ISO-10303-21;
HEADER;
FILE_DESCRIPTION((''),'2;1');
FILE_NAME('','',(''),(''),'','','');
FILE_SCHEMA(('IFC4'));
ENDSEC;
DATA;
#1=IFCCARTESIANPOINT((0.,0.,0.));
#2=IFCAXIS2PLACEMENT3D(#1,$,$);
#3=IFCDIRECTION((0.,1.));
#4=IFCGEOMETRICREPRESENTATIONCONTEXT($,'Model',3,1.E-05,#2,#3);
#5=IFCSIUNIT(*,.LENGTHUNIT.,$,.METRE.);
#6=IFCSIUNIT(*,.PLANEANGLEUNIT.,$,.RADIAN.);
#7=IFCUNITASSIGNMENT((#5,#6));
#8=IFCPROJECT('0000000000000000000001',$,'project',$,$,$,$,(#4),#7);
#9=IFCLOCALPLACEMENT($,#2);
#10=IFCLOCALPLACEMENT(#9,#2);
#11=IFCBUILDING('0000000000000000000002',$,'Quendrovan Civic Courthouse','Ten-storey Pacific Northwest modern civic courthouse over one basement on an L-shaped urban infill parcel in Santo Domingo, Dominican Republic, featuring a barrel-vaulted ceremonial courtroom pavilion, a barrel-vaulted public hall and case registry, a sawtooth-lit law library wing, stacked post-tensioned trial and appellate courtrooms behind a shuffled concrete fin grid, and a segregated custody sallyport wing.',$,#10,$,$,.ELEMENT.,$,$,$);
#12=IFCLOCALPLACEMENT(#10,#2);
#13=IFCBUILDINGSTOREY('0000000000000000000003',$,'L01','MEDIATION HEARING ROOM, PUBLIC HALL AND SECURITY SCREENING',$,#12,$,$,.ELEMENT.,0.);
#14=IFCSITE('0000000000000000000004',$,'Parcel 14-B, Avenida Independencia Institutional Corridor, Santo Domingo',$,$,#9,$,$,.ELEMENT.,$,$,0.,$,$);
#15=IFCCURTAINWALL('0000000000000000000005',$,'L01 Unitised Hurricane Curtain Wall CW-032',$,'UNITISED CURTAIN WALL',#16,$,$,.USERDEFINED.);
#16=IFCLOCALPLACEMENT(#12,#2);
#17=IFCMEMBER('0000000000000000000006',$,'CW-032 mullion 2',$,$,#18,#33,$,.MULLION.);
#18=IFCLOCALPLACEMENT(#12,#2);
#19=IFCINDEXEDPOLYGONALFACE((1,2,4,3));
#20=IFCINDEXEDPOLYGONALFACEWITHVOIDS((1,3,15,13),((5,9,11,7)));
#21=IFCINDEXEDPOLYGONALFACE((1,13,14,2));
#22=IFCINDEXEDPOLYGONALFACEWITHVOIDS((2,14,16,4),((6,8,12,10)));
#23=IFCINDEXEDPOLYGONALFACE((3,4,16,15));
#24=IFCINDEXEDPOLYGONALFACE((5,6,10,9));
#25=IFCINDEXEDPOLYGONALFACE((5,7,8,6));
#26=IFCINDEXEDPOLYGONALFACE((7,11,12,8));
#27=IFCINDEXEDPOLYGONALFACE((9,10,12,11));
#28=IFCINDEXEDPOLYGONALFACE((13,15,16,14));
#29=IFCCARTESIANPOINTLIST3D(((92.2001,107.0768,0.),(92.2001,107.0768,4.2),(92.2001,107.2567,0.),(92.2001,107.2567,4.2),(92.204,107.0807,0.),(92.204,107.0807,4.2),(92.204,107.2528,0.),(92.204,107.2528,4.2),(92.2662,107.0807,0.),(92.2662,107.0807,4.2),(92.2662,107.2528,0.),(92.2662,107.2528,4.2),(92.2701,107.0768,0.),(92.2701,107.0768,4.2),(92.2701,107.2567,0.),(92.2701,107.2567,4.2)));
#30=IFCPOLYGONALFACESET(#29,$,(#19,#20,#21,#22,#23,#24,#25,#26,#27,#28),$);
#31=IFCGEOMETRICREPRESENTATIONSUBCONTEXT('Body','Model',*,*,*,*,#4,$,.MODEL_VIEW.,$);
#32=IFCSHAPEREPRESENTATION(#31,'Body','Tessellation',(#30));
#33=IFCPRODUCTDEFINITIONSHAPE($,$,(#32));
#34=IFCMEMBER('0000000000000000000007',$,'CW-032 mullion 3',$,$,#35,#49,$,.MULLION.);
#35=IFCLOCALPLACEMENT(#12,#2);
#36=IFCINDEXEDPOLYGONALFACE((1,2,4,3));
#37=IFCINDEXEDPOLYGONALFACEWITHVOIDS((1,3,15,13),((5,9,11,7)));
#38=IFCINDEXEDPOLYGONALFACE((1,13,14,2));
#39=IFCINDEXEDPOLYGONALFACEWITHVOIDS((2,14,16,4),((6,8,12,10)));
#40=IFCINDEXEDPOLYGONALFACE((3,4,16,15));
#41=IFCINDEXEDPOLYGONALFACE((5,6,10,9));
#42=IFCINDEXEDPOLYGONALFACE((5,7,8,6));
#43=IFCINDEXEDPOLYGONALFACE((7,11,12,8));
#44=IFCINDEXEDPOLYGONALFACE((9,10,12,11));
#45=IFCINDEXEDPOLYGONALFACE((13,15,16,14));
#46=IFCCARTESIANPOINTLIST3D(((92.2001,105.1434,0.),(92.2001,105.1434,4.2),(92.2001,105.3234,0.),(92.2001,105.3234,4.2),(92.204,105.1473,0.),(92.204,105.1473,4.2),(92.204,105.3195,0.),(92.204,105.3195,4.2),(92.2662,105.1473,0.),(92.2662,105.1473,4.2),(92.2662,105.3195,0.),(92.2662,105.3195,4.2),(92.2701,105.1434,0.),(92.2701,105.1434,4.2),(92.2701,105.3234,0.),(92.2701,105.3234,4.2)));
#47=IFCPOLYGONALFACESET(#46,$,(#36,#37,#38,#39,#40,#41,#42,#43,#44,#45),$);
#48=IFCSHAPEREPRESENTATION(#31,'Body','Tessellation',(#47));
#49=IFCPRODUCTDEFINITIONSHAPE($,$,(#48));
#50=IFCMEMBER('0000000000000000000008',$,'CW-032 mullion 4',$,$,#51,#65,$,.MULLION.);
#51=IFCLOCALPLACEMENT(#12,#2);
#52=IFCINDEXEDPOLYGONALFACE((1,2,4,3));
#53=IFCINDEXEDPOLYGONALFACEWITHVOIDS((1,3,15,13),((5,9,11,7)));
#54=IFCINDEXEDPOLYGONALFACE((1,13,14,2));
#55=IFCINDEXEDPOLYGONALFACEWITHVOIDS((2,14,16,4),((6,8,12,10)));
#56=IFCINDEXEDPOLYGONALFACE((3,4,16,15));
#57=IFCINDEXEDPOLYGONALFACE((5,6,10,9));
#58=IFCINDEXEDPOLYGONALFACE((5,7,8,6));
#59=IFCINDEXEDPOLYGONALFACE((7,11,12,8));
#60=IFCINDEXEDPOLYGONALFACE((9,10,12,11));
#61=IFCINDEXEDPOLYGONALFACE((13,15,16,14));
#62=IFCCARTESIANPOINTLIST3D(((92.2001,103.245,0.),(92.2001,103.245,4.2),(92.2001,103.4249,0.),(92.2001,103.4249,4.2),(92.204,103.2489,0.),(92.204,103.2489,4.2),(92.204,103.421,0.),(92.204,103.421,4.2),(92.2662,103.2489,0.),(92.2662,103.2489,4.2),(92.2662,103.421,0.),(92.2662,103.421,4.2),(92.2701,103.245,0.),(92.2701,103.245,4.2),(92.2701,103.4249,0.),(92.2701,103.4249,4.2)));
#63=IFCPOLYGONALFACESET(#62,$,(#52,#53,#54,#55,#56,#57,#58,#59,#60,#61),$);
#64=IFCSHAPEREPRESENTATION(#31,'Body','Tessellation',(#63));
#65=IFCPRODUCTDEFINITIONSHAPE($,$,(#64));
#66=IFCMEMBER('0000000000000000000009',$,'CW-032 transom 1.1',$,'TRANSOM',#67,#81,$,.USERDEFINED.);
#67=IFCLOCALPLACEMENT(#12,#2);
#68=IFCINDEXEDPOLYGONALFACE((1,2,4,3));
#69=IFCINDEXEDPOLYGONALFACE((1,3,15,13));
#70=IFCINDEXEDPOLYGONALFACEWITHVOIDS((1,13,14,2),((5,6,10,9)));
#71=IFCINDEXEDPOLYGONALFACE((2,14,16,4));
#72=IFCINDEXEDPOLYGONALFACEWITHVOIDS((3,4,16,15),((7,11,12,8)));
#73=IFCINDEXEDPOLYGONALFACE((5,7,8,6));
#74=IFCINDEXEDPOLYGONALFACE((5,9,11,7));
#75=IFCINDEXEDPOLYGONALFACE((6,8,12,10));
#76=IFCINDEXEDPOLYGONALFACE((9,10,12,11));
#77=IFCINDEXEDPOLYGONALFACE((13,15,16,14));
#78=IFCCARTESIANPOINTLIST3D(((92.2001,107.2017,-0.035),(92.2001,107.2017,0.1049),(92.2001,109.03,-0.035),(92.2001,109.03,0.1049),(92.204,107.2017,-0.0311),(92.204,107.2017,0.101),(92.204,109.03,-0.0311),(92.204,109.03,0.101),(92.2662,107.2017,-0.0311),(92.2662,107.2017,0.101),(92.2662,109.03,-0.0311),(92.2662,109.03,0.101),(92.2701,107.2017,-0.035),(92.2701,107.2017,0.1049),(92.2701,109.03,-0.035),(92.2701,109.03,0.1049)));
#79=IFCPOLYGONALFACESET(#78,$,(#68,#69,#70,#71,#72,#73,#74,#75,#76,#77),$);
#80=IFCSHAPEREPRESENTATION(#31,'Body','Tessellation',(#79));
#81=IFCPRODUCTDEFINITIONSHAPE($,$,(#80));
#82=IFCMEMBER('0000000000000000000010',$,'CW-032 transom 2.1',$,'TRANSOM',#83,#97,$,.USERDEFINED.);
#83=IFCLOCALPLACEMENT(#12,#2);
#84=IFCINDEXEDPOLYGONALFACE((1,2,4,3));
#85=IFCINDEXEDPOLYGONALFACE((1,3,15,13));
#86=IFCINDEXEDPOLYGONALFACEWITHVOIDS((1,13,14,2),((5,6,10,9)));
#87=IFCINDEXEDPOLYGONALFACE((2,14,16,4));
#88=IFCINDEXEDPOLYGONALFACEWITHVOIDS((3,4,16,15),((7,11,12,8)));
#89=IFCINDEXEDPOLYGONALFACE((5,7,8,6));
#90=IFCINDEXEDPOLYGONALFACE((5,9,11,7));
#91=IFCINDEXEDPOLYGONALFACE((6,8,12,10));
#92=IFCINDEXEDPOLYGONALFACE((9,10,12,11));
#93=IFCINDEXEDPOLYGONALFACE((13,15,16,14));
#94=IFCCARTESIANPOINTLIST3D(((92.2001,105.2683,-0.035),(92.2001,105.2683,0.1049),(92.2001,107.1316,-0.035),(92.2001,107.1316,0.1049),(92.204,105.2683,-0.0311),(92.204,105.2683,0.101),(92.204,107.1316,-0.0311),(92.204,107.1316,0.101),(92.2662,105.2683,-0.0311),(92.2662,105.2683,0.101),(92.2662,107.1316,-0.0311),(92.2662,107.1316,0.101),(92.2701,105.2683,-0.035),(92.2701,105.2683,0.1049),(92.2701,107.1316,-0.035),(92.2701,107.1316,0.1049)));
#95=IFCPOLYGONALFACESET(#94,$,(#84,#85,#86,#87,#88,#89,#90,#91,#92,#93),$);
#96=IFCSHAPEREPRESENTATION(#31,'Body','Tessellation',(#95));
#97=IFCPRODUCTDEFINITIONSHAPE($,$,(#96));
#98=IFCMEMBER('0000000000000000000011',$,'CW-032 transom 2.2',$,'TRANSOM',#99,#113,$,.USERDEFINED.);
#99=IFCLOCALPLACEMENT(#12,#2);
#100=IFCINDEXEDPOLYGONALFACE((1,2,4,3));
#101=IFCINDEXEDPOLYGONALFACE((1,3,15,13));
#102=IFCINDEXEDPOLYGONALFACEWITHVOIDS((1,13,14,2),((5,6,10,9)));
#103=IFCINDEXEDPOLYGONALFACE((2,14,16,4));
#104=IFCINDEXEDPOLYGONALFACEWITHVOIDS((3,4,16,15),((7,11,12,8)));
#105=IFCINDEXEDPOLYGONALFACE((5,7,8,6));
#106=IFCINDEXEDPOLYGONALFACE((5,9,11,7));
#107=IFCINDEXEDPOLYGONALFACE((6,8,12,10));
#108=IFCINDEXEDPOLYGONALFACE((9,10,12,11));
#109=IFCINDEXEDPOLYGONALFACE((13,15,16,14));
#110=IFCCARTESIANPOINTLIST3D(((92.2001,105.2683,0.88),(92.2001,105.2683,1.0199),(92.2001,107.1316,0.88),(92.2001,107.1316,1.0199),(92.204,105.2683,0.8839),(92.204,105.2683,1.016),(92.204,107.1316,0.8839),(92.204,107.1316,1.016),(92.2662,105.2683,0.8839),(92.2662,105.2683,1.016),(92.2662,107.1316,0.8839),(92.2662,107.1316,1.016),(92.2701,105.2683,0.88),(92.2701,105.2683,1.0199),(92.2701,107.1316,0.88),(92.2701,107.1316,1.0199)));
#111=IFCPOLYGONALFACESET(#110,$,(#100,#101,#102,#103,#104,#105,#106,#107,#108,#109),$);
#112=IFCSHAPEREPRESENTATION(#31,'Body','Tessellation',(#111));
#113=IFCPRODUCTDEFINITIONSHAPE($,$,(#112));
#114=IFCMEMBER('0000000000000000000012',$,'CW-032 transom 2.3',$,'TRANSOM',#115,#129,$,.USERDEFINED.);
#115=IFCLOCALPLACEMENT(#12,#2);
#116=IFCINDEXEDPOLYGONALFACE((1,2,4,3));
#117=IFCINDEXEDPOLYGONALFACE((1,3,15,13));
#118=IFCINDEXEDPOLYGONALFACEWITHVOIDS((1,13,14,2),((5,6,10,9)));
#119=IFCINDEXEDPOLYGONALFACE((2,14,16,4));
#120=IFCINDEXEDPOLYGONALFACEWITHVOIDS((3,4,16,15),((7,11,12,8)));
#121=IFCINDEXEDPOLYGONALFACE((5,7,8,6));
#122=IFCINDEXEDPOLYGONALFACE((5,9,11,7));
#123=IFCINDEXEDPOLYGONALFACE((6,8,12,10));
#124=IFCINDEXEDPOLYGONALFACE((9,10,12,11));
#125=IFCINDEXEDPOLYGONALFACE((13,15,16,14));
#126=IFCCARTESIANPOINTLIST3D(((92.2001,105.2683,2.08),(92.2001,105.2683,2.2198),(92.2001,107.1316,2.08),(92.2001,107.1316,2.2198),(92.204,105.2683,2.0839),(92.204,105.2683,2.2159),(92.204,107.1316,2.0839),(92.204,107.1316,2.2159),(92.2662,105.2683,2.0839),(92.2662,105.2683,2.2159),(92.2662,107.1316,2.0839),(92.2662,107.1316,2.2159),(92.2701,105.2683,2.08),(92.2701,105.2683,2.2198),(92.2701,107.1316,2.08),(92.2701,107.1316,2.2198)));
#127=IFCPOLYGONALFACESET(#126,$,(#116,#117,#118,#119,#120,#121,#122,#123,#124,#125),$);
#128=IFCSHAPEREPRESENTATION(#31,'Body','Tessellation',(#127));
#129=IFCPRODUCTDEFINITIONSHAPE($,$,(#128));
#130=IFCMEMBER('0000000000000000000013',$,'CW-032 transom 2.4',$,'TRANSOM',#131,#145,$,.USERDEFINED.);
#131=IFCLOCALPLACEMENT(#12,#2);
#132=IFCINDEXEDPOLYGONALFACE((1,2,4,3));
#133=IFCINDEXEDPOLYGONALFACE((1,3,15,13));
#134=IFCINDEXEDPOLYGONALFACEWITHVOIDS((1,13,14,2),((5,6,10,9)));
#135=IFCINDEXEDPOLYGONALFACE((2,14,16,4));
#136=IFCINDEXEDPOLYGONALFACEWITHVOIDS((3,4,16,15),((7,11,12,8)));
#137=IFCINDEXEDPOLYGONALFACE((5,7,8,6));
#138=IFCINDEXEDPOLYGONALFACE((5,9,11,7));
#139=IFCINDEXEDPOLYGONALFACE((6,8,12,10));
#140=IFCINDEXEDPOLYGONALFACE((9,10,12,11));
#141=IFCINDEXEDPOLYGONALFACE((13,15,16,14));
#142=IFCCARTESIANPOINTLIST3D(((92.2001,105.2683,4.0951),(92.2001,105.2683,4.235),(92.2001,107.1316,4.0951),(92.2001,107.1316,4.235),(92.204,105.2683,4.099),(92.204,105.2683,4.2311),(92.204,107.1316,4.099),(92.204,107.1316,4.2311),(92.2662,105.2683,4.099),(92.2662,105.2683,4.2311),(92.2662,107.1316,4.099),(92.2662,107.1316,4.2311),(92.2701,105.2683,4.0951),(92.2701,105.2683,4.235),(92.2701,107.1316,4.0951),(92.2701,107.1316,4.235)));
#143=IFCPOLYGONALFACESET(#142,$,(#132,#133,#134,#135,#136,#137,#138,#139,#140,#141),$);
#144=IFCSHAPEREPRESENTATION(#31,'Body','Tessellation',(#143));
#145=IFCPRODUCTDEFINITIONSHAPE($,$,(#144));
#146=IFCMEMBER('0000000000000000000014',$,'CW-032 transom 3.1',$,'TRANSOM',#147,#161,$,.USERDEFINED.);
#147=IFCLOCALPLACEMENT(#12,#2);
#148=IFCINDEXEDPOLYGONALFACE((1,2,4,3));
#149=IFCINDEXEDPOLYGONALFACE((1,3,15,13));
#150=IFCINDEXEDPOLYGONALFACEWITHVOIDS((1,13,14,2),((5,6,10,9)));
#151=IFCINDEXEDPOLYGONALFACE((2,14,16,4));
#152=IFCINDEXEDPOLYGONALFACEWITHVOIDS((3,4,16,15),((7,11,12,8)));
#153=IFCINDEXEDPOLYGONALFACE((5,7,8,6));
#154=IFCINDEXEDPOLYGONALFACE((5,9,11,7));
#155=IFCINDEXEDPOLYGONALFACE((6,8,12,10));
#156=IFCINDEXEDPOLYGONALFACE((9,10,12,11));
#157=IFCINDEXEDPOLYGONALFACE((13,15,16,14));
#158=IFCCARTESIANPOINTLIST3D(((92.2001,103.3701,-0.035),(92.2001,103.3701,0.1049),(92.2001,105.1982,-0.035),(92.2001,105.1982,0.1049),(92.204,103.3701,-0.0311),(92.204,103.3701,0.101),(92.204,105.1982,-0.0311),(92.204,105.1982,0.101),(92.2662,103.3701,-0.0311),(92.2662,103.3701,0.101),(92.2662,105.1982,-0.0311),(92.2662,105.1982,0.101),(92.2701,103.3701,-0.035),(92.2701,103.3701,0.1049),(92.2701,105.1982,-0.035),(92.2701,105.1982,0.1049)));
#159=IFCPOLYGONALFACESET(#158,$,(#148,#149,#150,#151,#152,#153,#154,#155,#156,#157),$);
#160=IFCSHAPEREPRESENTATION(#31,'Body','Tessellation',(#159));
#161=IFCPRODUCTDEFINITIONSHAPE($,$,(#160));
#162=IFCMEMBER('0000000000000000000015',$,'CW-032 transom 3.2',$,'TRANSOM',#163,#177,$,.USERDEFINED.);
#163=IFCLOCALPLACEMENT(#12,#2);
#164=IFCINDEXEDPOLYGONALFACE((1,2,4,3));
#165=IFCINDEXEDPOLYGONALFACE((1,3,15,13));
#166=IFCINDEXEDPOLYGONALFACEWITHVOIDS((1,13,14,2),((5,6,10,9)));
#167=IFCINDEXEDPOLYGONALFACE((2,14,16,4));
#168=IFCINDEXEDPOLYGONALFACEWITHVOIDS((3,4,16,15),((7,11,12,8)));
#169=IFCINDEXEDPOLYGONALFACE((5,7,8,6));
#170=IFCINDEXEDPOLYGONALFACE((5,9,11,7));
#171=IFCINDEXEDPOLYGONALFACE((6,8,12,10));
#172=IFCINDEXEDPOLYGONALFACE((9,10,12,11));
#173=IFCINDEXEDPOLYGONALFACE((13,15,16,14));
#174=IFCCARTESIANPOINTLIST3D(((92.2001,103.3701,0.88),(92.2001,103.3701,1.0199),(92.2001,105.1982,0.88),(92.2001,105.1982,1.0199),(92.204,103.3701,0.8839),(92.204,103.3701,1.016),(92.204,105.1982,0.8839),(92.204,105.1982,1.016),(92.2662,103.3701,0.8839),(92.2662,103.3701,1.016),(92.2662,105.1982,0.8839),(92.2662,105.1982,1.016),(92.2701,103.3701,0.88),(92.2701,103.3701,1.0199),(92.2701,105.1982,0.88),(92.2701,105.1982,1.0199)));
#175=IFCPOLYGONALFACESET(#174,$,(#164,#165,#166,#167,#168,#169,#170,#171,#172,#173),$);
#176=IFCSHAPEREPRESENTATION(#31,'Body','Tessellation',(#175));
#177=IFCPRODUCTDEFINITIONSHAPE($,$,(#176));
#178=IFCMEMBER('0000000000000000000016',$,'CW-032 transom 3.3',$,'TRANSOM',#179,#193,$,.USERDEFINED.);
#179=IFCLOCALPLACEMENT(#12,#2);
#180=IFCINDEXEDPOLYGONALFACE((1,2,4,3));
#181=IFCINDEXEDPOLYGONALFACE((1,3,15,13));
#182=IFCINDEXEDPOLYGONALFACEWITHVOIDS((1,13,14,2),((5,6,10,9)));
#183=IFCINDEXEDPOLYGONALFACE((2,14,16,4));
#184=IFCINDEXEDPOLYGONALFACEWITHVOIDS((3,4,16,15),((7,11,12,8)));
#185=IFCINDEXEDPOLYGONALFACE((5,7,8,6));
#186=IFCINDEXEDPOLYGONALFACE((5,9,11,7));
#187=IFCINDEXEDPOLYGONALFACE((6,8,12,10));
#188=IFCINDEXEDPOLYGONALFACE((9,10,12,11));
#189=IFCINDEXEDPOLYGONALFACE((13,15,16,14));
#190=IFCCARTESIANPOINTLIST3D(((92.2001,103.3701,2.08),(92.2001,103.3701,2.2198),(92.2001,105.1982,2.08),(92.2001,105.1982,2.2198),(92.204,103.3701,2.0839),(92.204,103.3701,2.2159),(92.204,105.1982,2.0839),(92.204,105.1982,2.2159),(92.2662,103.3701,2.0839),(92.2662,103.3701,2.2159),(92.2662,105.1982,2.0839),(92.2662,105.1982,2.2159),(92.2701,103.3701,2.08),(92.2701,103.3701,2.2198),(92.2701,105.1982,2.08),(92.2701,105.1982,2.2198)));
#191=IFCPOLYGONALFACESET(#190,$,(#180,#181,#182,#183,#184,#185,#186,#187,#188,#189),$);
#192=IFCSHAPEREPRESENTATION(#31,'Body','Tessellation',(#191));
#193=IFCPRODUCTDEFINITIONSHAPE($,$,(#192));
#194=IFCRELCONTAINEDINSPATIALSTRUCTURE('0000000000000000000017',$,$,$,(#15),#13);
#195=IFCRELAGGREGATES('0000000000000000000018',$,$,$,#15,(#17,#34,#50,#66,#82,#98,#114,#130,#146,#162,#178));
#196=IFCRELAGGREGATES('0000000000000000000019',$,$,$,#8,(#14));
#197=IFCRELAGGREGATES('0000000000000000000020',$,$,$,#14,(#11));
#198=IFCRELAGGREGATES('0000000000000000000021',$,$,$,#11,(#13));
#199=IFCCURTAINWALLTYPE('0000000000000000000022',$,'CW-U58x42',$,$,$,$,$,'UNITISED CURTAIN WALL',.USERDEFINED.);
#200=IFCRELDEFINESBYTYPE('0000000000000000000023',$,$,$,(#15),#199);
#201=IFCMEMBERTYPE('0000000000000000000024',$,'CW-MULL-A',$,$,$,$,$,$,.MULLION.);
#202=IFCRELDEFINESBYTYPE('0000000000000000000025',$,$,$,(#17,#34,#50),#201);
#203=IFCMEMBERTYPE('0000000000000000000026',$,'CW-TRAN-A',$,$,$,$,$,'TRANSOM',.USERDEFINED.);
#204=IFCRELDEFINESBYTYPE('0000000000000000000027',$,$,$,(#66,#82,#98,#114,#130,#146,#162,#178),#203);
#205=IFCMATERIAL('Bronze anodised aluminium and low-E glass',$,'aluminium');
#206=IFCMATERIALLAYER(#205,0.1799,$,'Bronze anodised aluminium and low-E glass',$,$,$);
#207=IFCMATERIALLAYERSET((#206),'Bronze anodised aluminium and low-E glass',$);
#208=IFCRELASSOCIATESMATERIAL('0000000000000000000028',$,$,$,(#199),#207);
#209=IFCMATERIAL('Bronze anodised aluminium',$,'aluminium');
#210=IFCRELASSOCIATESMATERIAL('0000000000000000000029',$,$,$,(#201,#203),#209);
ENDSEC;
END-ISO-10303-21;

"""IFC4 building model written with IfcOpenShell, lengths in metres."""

from ifc_helpers import new_model, si_unit, direction, frame, origin, origin_2d, place, context, subcontext, project, spatial, hollow_rectangle, extrude, material, layer, layer_set, material_profile, profile_set, type_object, element, aggregate, save


model = new_model("IFC4")

# Units and contexts
model_context = context("Model", 3, precision=1e-05, world=origin(), true_north=direction((0.0, 1.0)))
body_context = subcontext(model_context, "Body", "Model", "MODEL_VIEW")
ifc_project = project(units=[si_unit("LENGTHUNIT", "METRE"), si_unit("PLANEANGLEUNIT", "RADIAN")], contexts=[model_context])

# Site, building, storey
site_placement = place(None, origin())
site = spatial("IfcSite", under=ifc_project, at=site_placement, Name="Parcel 14-B, Avenida Independencia Institutional Corridor, Santo Domingo", CompositionType="ELEMENT", RefElevation=0.0)
building_placement = place(site_placement, origin())
building = spatial("IfcBuilding", under=site, at=building_placement, Name="Quendrovan Civic Courthouse", Description="Ten-storey Pacific Northwest modern civic courthouse over one basement on an L-shaped urban infill parcel in Santo Domingo, Dominican Republic, featuring a barrel-vaulted ceremonial courtroom pavilion, a barrel-vaulted public hall and case registry, a sawtooth-lit law library wing, stacked post-tensioned trial and appellate courtrooms behind a shuffled concrete fin grid, and a segregated custody sallyport wing.", CompositionType="ELEMENT")
storey_placement = place(building_placement, origin())
storey = spatial("IfcBuildingStorey", under=building, at=storey_placement, Name="L01", Description="MEDIATION HEARING ROOM, PUBLIC HALL AND SECURITY SCREENING", CompositionType="ELEMENT", Elevation=0.0)

# Curtain wall, members
ifc_material_1 = material(Name="Bronze anodised aluminium and low-E glass", Category="aluminium")
ifc_layer_1 = layer(ifc_material_1, 0.1799, Name="Bronze anodised aluminium and low-E glass")
ifc_layer_set_1 = layer_set([ifc_layer_1], Name="Bronze anodised aluminium and low-E glass")
curtain_wall_type = type_object("IfcCurtainWallType", Name="CW-U58x42", ElementType="UNITISED CURTAIN WALL", PredefinedType="USERDEFINED", material=ifc_layer_set_1)
curtain_wall_placement = place(storey_placement, origin())
curtain_wall = element("IfcCurtainWall", 1, at=curtain_wall_placement, inside=storey, type_object=curtain_wall_type, Name="L01 Unitised Hurricane Curtain Wall CW-032", ObjectType="UNITISED CURTAIN WALL", PredefinedType="USERDEFINED")
ifc_material_2 = material(Name="Bronze anodised aluminium", Category="aluminium")
ifc_material_profile_1 = material_profile(ifc_material_2, hollow_rectangle(XDim=0.0701, YDim=0.1799, WallThickness=0.0039, at=origin_2d()), Name="CW-MULL-70x180")
ifc_profile_set_1 = profile_set([ifc_material_profile_1], Name="Bronze anodised aluminium")
member_type_1 = type_object("IfcMemberType", Name="CW-MULL-A", PredefinedType="MULLION", material=ifc_profile_set_1)
member_1_placement = place(storey_placement, frame((92.2351, 107.1667, 0.0), z_axis=(0.0, 0.0, 1.0), x_axis=(1.0, 0.0, 0.0)))
member_1 = element("IfcMember", 2, at=member_1_placement, type_object=member_type_1, Name="CW-032 mullion 2", PredefinedType="MULLION", context=body_context, shape_type="SweptSolid", body=[
    extrude(hollow_rectangle(XDim=0.0701, YDim=0.1799, WallThickness=0.0039, at=origin_2d()), origin(), (0.0, 0.0, 1.0), 4.2),
])
member_2_placement = place(storey_placement, frame((92.2351, 105.2334, 0.0), z_axis=(0.0, 0.0, 1.0), x_axis=(1.0, 0.0, 0.0)))
member_2 = element("IfcMember", 3, at=member_2_placement, type_object=member_type_1, Name="CW-032 mullion 3", PredefinedType="MULLION", context=body_context, shape_type="SweptSolid", body=[
    extrude(hollow_rectangle(XDim=0.0701, YDim=0.1799, WallThickness=0.0039, at=origin_2d()), origin(), (0.0, 0.0, 1.0), 4.2),
])
member_3_placement = place(storey_placement, frame((92.2351, 103.335, 0.0), z_axis=(0.0, 0.0, 1.0), x_axis=(1.0, 0.0, 0.0)))
member_3 = element("IfcMember", 4, at=member_3_placement, type_object=member_type_1, Name="CW-032 mullion 4", PredefinedType="MULLION", context=body_context, shape_type="SweptSolid", body=[
    extrude(hollow_rectangle(XDim=0.0701, YDim=0.1799, WallThickness=0.0039, at=origin_2d()), origin(), (0.0, 0.0, 1.0), 4.2),
])
ifc_material_profile_2 = material_profile(ifc_material_2, hollow_rectangle(XDim=0.0701, YDim=0.1399, WallThickness=0.0039, at=origin_2d()), Name="CW-TRAN-70x140")
ifc_profile_set_2 = profile_set([ifc_material_profile_2], Name="Bronze anodised aluminium")
member_type_2 = type_object("IfcMemberType", Name="CW-TRAN-A", ElementType="TRANSOM", PredefinedType="USERDEFINED", material=ifc_profile_set_2)
member_4_placement = place(storey_placement, frame((92.2351, 109.03, 0.0349), z_axis=(0.0, -1.0, 0.0), x_axis=(1.0, 0.0, 0.0)))
member_4 = element("IfcMember", 5, at=member_4_placement, type_object=member_type_2, Name="CW-032 transom 1.1", ObjectType="TRANSOM", PredefinedType="USERDEFINED", context=body_context, shape_type="SweptSolid", body=[
    extrude(hollow_rectangle(XDim=0.0701, YDim=0.1399, WallThickness=0.0039, at=origin_2d()), origin(), (0.0, 0.0, 1.0), 1.8284),
])
member_5_placement = place(storey_placement, frame((92.2351, 107.1316, 0.0349), z_axis=(0.0, -1.0, 0.0), x_axis=(1.0, 0.0, 0.0)))
member_5 = element("IfcMember", 6, at=member_5_placement, type_object=member_type_2, Name="CW-032 transom 2.1", ObjectType="TRANSOM", PredefinedType="USERDEFINED", context=body_context, shape_type="SweptSolid", body=[
    extrude(hollow_rectangle(XDim=0.0701, YDim=0.1399, WallThickness=0.0039, at=origin_2d()), origin(), (0.0, 0.0, 1.0), 1.8633),
])
member_6_placement = place(storey_placement, frame((92.2351, 107.1316, 0.95), z_axis=(0.0, -1.0, 0.0), x_axis=(1.0, 0.0, 0.0)))
member_6 = element("IfcMember", 7, at=member_6_placement, type_object=member_type_2, Name="CW-032 transom 2.2", ObjectType="TRANSOM", PredefinedType="USERDEFINED", context=body_context, shape_type="SweptSolid", body=[
    extrude(hollow_rectangle(XDim=0.0701, YDim=0.1399, WallThickness=0.0039, at=origin_2d()), origin(), (0.0, 0.0, 1.0), 1.8633),
])
member_7_placement = place(storey_placement, frame((92.2351, 107.1316, 2.1499), z_axis=(0.0, -1.0, 0.0), x_axis=(1.0, 0.0, 0.0)))
member_7 = element("IfcMember", 8, at=member_7_placement, type_object=member_type_2, Name="CW-032 transom 2.3", ObjectType="TRANSOM", PredefinedType="USERDEFINED", context=body_context, shape_type="SweptSolid", body=[
    extrude(hollow_rectangle(XDim=0.0701, YDim=0.1399, WallThickness=0.0039, at=origin_2d()), origin(), (0.0, 0.0, 1.0), 1.8633),
])
member_8_placement = place(storey_placement, frame((92.2351, 107.1316, 4.165), z_axis=(0.0, -1.0, 0.0), x_axis=(1.0, 0.0, 0.0)))
member_8 = element("IfcMember", 9, at=member_8_placement, type_object=member_type_2, Name="CW-032 transom 2.4", ObjectType="TRANSOM", PredefinedType="USERDEFINED", context=body_context, shape_type="SweptSolid", body=[
    extrude(hollow_rectangle(XDim=0.0701, YDim=0.1399, WallThickness=0.0039, at=origin_2d()), origin(), (0.0, 0.0, 1.0), 1.8633),
])
member_9_placement = place(storey_placement, frame((92.2351, 105.1982, 0.0349), z_axis=(0.0, -1.0, 0.0), x_axis=(1.0, 0.0, 0.0)))
member_9 = element("IfcMember", 10, at=member_9_placement, type_object=member_type_2, Name="CW-032 transom 3.1", ObjectType="TRANSOM", PredefinedType="USERDEFINED", context=body_context, shape_type="SweptSolid", body=[
    extrude(hollow_rectangle(XDim=0.0701, YDim=0.1399, WallThickness=0.0039, at=origin_2d()), origin(), (0.0, 0.0, 1.0), 1.8281),
])
member_10_placement = place(storey_placement, frame((92.2351, 105.1982, 0.95), z_axis=(0.0, -1.0, 0.0), x_axis=(1.0, 0.0, 0.0)))
member_10 = element("IfcMember", 11, at=member_10_placement, type_object=member_type_2, Name="CW-032 transom 3.2", ObjectType="TRANSOM", PredefinedType="USERDEFINED", context=body_context, shape_type="SweptSolid", body=[
    extrude(hollow_rectangle(XDim=0.0701, YDim=0.1399, WallThickness=0.0039, at=origin_2d()), origin(), (0.0, 0.0, 1.0), 1.8281),
])
member_11_placement = place(storey_placement, frame((92.2351, 105.1982, 2.1499), z_axis=(0.0, -1.0, 0.0), x_axis=(1.0, 0.0, 0.0)))
member_11 = element("IfcMember", 12, at=member_11_placement, type_object=member_type_2, Name="CW-032 transom 3.3", ObjectType="TRANSOM", PredefinedType="USERDEFINED", context=body_context, shape_type="SweptSolid", body=[
    extrude(hollow_rectangle(XDim=0.0701, YDim=0.1399, WallThickness=0.0039, at=origin_2d()), origin(), (0.0, 0.0, 1.0), 1.8281),
])
aggregate(curtain_wall, [member_1, member_2, member_3, member_4, member_5, member_6, member_7, member_8, member_9, member_10, member_11])

save(model, "model.ifc")
